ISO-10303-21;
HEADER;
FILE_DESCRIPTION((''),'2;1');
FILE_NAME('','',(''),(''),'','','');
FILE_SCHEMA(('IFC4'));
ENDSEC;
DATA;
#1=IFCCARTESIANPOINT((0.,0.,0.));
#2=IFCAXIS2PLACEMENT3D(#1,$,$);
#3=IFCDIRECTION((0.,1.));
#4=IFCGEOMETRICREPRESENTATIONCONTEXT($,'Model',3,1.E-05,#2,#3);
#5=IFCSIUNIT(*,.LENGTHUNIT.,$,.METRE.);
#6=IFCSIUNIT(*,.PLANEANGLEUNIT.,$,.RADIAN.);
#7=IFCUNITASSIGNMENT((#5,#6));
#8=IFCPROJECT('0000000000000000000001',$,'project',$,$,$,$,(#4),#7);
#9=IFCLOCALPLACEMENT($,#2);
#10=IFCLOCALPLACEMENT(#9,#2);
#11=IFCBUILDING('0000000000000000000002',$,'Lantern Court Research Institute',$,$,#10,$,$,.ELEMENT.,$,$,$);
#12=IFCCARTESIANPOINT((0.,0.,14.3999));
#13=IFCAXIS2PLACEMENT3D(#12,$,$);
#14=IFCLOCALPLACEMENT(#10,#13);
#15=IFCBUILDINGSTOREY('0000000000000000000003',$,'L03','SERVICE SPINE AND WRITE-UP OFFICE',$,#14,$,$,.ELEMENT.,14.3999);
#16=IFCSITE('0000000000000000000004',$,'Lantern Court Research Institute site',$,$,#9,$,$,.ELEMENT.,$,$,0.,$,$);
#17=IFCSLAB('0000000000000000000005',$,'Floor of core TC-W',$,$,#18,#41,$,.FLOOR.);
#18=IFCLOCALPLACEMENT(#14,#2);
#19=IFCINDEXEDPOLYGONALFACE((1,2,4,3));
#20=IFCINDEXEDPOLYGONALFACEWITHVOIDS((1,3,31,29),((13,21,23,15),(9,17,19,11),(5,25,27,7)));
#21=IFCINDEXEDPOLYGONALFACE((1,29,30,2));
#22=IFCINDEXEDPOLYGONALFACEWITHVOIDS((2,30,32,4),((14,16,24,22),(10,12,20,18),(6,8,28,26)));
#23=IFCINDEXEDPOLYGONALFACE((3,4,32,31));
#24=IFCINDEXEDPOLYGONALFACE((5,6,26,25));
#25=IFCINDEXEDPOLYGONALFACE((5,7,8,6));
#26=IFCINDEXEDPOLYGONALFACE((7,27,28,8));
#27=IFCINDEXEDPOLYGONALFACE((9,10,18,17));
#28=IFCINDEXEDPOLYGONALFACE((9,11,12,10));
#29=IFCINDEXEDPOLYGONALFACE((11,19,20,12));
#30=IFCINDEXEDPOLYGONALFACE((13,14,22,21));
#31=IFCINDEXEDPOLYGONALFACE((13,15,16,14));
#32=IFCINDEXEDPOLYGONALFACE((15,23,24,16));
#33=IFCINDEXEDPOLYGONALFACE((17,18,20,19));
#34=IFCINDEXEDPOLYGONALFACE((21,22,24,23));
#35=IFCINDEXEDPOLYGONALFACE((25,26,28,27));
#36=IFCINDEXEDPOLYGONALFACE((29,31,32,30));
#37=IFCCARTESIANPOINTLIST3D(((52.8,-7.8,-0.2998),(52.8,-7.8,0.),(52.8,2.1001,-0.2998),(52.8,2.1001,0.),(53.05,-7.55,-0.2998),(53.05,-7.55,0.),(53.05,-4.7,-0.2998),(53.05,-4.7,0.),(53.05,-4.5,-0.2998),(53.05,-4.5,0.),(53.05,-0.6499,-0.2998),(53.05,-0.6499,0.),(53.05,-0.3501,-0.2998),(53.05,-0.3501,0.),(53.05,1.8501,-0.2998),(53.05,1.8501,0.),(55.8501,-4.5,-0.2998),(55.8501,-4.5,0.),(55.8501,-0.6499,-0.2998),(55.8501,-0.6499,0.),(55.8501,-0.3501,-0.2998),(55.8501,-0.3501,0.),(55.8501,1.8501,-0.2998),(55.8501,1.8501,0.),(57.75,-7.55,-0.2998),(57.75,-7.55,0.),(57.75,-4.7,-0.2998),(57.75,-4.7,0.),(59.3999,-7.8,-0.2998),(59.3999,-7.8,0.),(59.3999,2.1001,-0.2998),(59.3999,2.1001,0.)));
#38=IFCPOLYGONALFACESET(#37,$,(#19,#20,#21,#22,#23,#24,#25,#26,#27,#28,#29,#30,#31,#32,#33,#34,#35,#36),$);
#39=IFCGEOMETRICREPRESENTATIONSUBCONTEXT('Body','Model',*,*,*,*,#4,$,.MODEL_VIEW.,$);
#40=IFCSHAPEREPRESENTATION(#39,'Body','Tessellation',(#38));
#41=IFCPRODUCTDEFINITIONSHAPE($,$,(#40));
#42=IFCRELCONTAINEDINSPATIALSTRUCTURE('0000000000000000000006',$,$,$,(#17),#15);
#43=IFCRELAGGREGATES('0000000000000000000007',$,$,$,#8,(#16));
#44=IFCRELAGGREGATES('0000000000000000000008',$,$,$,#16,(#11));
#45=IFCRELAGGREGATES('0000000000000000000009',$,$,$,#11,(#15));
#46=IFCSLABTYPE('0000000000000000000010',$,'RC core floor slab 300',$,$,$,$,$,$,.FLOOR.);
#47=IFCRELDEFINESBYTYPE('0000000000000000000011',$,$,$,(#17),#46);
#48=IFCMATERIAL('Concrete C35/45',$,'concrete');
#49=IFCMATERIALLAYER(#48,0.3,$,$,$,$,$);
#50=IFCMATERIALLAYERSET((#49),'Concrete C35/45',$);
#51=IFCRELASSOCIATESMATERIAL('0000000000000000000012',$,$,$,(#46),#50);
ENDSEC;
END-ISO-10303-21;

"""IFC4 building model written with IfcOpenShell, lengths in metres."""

from ifc_helpers import new_model, si_unit, direction, frame, origin, place, context, subcontext, project, spatial, polyline, outline, extrude, material, layer, layer_set, type_object, element, save


model = new_model("IFC4")

# Units and contexts
model_context = context("Model", 3, precision=1e-05, world=origin(), true_north=direction((0.0, 1.0)))
body_context = subcontext(model_context, "Body", "Model", "MODEL_VIEW")
ifc_project = project(units=[si_unit("LENGTHUNIT", "METRE"), si_unit("PLANEANGLEUNIT", "RADIAN")], contexts=[model_context])

# Site, building, storey
site_placement = place(None, origin())
site = spatial("IfcSite", under=ifc_project, at=site_placement, Name="Lantern Court Research Institute site", CompositionType="ELEMENT", RefElevation=0.0)
building_placement = place(site_placement, origin())
building = spatial("IfcBuilding", under=site, at=building_placement, Name="Lantern Court Research Institute", CompositionType="ELEMENT")
storey_placement = place(building_placement, frame((0.0, 0.0, 14.3999)))
storey = spatial("IfcBuildingStorey", under=building, at=storey_placement, Name="L03", Description="SERVICE SPINE AND WRITE-UP OFFICE", CompositionType="ELEMENT", Elevation=14.3999)

# Slab
ifc_material_1 = material(Name="Concrete C35/45", Category="concrete")
ifc_layer_1 = layer(ifc_material_1, 0.3)
ifc_layer_set_1 = layer_set([ifc_layer_1], Name="Concrete C35/45")
slab_type_1 = type_object("IfcSlabType", Name="RC core floor slab 300", PredefinedType="FLOOR", material=ifc_layer_set_1)
slab_1_placement = place(storey_placement, frame((0.0, 0.0, -0.2998)))
element("IfcSlab", 1, at=slab_1_placement, inside=storey, type_object=slab_type_1, Name="Floor of core TC-W", PredefinedType="FLOOR", context=body_context, shape_type="SweptSolid", body=[
    extrude(outline(polyline([(52.8, -7.8), (59.3999, -7.8), (59.3999, 2.1001), (52.8, 2.1001), (52.8, -7.8)]), holes=[polyline([(57.75, -4.7), (53.05, -4.7), (53.05, -7.55), (57.75, -7.55), (57.75, -4.7)]), polyline([(53.05, -0.3501), (55.8501, -0.3501), (55.8501, 1.8501), (53.05, 1.8501), (53.05, -0.3501)]), polyline([(53.05, -0.6499), (55.8501, -0.6499), (55.8501, -4.5), (53.05, -4.5), (53.05, -0.6499)])]), origin(), (0.0, 0.0, 1.0), 0.2998),
])

save(model, "model.ifc")
